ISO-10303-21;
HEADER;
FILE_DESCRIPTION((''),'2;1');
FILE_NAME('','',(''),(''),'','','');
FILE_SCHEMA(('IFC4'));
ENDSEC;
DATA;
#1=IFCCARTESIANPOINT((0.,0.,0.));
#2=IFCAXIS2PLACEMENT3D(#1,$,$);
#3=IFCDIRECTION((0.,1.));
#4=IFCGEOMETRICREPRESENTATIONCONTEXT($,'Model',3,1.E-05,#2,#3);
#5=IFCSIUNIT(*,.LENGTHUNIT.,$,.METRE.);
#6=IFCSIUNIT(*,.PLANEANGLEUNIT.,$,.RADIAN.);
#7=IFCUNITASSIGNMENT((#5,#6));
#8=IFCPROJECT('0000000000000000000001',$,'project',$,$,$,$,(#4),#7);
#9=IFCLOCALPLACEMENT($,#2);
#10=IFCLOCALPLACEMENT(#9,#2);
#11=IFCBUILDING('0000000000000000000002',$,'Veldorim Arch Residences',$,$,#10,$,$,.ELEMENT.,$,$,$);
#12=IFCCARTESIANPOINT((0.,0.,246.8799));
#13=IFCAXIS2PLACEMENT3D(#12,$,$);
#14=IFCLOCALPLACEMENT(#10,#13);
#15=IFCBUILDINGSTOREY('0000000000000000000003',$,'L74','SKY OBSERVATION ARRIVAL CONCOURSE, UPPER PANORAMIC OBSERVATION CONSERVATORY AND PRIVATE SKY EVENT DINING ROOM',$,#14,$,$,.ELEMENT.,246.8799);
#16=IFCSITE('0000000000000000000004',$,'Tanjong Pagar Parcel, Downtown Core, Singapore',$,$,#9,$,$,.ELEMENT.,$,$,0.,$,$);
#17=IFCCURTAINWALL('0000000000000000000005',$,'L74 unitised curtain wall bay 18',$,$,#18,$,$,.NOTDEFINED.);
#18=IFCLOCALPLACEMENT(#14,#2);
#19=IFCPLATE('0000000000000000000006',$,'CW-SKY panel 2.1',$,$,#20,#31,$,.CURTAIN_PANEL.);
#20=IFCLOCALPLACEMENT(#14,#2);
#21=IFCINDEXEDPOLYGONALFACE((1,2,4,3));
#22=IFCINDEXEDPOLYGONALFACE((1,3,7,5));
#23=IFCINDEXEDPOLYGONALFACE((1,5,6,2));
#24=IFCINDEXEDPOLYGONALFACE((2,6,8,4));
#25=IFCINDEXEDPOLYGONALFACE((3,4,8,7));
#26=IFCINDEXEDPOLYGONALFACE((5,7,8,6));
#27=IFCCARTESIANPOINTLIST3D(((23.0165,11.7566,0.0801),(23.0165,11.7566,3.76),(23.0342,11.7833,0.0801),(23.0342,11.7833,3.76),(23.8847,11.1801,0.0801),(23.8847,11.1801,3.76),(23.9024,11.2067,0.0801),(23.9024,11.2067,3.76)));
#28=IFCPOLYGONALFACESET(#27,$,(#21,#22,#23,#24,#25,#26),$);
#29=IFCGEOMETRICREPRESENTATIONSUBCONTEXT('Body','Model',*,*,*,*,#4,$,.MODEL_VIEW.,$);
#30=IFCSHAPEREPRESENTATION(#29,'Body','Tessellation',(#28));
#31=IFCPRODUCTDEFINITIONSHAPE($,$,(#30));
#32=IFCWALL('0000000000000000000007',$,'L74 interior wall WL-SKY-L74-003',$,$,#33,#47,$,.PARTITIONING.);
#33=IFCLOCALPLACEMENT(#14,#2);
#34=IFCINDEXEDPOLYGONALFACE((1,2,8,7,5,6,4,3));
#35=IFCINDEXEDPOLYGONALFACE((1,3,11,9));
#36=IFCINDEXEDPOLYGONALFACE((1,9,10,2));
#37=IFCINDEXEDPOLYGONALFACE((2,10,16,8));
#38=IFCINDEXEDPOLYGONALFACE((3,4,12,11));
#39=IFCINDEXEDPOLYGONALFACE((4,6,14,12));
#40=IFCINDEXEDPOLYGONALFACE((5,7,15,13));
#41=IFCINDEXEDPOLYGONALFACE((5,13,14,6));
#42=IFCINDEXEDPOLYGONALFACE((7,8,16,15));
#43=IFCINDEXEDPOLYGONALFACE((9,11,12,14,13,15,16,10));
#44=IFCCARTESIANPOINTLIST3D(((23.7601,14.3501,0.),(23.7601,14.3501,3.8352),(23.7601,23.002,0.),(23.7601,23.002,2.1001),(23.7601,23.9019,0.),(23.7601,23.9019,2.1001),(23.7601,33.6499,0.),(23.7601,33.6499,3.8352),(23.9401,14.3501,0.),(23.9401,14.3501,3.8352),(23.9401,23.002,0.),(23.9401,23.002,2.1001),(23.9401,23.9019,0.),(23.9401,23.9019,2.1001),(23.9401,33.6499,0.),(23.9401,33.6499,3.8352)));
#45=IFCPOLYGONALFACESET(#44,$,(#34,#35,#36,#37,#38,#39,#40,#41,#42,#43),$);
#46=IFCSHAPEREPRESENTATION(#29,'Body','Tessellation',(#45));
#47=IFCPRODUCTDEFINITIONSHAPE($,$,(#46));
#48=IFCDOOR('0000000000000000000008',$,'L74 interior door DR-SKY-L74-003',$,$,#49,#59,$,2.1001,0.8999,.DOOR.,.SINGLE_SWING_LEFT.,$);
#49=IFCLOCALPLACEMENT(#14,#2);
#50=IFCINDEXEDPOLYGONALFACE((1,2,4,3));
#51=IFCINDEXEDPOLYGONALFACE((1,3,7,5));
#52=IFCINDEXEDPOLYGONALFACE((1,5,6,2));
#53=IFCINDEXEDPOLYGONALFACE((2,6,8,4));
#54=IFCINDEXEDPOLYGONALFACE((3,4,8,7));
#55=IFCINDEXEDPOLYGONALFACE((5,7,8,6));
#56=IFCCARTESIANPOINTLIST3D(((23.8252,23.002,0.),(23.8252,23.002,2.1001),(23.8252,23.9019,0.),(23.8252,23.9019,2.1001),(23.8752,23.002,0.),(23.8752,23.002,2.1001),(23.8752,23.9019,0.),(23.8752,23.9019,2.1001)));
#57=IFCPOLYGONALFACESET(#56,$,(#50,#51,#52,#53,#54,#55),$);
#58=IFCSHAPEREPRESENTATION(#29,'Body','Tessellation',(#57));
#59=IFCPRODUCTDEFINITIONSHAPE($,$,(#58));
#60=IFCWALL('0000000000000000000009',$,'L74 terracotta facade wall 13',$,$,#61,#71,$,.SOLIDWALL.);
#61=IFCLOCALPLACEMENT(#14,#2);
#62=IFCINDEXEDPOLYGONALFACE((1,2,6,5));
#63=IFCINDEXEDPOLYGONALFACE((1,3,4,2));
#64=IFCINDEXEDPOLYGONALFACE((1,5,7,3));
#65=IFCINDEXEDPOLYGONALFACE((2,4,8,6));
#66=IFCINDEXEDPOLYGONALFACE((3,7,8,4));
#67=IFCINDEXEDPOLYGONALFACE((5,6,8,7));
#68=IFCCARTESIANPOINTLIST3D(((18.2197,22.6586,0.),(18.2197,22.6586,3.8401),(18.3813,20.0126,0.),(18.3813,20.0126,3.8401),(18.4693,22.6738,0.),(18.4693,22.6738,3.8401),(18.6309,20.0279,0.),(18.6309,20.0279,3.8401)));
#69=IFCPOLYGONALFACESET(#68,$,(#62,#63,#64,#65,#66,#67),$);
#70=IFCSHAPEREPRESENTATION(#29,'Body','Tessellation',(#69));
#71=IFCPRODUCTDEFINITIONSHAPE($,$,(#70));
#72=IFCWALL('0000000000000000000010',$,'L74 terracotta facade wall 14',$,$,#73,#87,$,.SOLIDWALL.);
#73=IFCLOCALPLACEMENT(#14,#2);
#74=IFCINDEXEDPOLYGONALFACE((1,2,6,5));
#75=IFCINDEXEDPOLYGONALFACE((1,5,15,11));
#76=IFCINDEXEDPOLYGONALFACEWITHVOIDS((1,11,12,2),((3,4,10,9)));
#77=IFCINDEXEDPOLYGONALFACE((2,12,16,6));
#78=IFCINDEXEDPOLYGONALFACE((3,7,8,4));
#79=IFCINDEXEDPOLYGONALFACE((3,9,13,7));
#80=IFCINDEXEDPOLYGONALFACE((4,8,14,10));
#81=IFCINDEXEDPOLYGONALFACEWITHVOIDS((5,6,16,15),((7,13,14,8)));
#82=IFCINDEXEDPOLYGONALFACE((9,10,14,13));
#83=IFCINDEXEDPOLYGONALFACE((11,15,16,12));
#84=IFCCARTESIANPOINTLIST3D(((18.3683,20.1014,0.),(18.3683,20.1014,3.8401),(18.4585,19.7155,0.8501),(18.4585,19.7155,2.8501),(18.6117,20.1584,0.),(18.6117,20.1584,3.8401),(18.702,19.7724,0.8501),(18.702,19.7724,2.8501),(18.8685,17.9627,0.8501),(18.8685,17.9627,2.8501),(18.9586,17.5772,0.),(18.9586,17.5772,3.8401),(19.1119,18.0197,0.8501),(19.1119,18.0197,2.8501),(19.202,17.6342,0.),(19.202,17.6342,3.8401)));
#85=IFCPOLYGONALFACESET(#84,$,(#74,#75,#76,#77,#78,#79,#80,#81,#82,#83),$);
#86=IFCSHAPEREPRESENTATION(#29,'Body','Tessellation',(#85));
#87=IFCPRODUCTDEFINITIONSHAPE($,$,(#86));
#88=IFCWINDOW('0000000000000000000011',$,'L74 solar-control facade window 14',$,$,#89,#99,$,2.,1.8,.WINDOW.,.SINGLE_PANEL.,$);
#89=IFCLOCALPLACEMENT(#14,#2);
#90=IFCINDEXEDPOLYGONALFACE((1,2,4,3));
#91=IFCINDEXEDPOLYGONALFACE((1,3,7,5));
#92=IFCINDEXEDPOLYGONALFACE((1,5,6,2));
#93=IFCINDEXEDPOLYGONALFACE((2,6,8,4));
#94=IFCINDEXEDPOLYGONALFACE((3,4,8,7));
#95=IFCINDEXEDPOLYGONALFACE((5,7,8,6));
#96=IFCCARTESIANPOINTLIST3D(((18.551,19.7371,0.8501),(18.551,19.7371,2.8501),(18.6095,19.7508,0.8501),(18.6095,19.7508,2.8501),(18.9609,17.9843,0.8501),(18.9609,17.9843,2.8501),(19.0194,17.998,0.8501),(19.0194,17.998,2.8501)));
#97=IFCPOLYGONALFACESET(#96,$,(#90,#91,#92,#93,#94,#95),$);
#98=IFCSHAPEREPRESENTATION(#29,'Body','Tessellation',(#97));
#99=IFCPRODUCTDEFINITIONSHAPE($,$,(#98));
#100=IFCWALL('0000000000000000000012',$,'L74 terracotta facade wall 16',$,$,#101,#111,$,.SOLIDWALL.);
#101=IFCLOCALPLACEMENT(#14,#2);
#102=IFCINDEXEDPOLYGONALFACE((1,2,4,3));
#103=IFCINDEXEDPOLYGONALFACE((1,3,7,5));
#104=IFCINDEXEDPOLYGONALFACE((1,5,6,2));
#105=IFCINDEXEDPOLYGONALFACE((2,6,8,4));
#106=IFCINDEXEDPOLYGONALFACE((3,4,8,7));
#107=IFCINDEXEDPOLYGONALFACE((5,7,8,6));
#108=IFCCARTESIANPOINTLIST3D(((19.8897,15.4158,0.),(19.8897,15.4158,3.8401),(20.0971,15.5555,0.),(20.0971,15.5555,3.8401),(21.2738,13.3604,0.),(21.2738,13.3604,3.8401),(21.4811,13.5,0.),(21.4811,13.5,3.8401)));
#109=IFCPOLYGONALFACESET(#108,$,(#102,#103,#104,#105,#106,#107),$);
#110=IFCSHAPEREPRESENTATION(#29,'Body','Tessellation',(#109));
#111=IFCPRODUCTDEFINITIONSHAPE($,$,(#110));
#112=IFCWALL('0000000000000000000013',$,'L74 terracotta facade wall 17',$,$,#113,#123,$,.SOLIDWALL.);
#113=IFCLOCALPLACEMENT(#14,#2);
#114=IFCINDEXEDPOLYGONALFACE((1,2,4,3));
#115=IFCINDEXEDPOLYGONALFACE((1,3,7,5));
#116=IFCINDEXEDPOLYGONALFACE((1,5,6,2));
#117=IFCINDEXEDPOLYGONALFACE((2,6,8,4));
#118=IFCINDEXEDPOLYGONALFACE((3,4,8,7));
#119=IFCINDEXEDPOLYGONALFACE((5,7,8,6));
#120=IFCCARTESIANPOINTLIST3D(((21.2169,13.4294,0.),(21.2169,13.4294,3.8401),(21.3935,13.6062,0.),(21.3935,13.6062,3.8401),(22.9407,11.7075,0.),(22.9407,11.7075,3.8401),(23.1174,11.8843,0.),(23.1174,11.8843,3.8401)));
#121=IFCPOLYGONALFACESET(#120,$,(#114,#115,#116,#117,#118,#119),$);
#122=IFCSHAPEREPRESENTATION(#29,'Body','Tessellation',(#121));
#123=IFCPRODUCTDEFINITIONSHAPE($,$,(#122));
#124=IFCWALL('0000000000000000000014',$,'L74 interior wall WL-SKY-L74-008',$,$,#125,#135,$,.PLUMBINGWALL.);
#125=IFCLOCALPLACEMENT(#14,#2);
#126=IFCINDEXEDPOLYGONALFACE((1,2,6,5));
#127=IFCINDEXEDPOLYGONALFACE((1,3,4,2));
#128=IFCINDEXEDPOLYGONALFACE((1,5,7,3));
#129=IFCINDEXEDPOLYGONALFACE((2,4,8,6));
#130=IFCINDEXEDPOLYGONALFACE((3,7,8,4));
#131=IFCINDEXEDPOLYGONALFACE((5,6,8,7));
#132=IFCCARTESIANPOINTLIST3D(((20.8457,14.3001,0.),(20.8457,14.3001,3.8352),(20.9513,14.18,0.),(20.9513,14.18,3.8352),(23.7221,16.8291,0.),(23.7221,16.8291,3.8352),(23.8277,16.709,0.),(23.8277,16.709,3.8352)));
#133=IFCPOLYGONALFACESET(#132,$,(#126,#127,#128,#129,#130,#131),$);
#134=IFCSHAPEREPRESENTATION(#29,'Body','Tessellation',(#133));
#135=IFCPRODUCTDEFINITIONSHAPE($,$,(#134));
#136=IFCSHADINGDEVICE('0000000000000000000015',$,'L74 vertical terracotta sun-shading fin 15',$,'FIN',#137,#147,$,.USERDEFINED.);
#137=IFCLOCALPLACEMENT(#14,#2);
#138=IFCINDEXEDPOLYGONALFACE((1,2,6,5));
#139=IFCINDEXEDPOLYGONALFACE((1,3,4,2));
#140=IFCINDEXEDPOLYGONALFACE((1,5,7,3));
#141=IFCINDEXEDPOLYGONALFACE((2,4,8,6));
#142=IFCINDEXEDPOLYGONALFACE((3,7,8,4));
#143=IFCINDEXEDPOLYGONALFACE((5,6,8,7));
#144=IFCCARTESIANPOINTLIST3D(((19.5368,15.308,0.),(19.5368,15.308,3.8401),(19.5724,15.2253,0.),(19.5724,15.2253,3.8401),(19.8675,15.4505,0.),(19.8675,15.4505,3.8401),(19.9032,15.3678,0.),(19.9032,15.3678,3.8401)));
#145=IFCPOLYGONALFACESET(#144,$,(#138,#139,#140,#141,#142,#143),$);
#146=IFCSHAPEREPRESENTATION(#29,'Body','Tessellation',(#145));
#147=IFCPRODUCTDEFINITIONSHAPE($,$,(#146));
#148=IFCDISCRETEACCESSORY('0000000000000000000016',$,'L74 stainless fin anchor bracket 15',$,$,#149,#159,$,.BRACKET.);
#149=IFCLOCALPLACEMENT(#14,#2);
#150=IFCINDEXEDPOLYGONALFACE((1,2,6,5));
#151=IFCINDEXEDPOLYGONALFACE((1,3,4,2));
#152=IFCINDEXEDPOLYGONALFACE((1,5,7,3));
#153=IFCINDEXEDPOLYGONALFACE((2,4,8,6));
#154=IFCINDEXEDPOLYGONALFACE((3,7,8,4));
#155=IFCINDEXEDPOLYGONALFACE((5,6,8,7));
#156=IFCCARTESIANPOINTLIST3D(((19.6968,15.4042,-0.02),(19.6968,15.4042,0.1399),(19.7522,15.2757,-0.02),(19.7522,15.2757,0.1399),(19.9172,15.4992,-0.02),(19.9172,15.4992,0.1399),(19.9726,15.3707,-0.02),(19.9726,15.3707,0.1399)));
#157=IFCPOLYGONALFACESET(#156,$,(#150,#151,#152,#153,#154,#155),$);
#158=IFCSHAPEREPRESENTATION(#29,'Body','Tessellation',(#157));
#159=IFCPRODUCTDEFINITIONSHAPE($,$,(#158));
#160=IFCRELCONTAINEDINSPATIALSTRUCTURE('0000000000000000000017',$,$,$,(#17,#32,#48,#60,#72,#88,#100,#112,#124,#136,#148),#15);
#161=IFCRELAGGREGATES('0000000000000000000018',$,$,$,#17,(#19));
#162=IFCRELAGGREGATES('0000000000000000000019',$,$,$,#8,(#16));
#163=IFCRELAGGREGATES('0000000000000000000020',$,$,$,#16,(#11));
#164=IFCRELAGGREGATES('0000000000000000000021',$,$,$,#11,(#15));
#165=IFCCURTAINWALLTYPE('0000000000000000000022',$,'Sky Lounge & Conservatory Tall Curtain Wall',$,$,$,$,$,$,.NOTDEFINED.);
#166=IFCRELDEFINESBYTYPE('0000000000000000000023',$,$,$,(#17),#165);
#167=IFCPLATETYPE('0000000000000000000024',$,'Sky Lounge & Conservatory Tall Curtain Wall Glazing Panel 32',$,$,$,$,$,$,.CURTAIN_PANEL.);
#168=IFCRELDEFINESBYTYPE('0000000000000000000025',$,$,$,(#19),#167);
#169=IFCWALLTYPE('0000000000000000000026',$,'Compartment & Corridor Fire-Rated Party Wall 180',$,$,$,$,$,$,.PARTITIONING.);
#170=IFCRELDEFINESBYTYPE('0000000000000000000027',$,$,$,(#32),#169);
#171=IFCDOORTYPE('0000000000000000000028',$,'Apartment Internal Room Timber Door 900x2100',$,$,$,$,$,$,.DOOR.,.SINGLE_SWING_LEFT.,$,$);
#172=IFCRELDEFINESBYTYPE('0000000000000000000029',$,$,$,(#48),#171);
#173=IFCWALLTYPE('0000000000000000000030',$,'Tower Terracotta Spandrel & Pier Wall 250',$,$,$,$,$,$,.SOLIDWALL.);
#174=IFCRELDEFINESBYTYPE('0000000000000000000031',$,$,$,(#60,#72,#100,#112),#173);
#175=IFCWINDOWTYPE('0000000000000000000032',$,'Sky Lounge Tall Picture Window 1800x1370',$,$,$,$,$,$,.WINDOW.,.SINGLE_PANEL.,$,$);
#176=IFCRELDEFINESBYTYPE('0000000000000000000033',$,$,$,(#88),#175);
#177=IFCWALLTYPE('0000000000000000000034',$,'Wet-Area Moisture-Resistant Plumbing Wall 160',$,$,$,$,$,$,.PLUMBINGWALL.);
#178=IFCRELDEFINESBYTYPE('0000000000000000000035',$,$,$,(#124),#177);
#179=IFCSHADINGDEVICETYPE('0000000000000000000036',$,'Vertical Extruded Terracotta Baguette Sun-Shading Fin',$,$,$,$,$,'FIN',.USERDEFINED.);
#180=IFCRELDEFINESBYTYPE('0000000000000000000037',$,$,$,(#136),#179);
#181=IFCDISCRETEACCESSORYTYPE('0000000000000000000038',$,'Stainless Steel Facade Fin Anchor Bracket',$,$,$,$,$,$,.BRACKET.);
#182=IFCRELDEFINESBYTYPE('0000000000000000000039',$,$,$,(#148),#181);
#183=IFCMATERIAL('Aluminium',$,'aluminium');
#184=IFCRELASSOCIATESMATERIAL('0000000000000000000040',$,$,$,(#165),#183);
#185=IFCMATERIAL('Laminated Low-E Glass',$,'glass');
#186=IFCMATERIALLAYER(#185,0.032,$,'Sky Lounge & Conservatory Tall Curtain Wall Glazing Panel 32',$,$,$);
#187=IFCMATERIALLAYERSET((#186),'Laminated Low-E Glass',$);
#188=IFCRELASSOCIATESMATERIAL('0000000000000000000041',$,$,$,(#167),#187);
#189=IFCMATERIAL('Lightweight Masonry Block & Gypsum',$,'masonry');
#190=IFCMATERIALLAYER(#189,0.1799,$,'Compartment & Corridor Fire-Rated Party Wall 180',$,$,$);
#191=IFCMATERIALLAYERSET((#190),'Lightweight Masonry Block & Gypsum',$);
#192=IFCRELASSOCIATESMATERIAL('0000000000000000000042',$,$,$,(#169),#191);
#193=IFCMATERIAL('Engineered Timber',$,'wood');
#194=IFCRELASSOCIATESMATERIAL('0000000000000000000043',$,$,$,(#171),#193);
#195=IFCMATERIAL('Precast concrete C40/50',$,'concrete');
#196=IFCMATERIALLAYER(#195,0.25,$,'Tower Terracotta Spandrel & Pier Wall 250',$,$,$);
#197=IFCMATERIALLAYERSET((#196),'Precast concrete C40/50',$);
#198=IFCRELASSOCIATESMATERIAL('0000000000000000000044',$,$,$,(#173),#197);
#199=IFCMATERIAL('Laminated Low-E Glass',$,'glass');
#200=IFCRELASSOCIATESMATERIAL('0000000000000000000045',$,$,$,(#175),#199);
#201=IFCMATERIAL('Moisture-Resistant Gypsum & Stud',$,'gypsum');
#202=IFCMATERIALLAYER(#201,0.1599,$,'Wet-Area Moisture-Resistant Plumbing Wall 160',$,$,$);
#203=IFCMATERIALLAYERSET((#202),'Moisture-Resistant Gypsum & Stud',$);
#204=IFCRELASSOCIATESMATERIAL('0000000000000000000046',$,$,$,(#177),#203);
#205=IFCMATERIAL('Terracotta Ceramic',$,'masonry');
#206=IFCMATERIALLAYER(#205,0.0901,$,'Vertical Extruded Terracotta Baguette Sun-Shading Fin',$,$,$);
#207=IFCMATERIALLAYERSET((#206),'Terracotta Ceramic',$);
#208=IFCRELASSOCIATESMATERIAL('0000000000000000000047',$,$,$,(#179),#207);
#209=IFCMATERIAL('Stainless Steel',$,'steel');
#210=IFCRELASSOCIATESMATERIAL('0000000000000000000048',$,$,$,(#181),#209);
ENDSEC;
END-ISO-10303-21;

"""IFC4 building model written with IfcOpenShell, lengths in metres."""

from ifc_helpers import new_model, si_unit, direction, frame, frame_2d, origin, origin_2d, place, context, subcontext, project, spatial, rectangle, extrude, material, layer, layer_set, type_object, element, fill, aggregate, save


model = new_model("IFC4")

# Units and contexts
model_context = context("Model", 3, precision=1e-05, world=origin(), true_north=direction((0.0, 1.0)))
body_context = subcontext(model_context, "Body", "Model", "MODEL_VIEW")
ifc_project = project(units=[si_unit("LENGTHUNIT", "METRE"), si_unit("PLANEANGLEUNIT", "RADIAN")], contexts=[model_context])

# Site, building, storey
site_placement = place(None, origin())
site = spatial("IfcSite", under=ifc_project, at=site_placement, Name="Tanjong Pagar Parcel, Downtown Core, Singapore", CompositionType="ELEMENT", RefElevation=0.0)
building_placement = place(site_placement, origin())
building = spatial("IfcBuilding", under=site, at=building_placement, Name="Veldorim Arch Residences", CompositionType="ELEMENT")
storey_placement = place(building_placement, frame((0.0, 0.0, 246.8799)))
storey = spatial("IfcBuildingStorey", under=building, at=storey_placement, Name="L74", Description="SKY OBSERVATION ARRIVAL CONCOURSE, UPPER PANORAMIC OBSERVATION CONSERVATORY AND PRIVATE SKY EVENT DINING ROOM", CompositionType="ELEMENT", Elevation=246.8799)

# Curtain wall
ifc_material_1 = material(Name="Aluminium", Category="aluminium")
curtain_wall_type = type_object("IfcCurtainWallType", Name="Sky Lounge & Conservatory Tall Curtain Wall", PredefinedType="NOTDEFINED", material=ifc_material_1)
curtain_wall_1_placement = place(storey_placement, origin())
curtain_wall_1 = element("IfcCurtainWall", 1, at=curtain_wall_1_placement, inside=storey, type_object=curtain_wall_type, Name="L74 unitised curtain wall bay 18", PredefinedType="NOTDEFINED")

# Plate
ifc_material_2 = material(Name="Laminated Low-E Glass", Category="glass")
ifc_layer_1 = layer(ifc_material_2, 0.032, Name="Sky Lounge & Conservatory Tall Curtain Wall Glazing Panel 32")
ifc_layer_set_1 = layer_set([ifc_layer_1], Name="Laminated Low-E Glass")
plate_type = type_object("IfcPlateType", Name="Sky Lounge & Conservatory Tall Curtain Wall Glazing Panel 32", PredefinedType="CURTAIN_PANEL", material=ifc_layer_set_1)
plate_1_placement = place(storey_placement, frame((23.4595, 11.4817, 0.0801), z_axis=(0.0, 0.0, 1.0), x_axis=(-0.833055, 0.55319, 0.0)))
plate_1 = element("IfcPlate", 2, at=plate_1_placement, type_object=plate_type, Name="CW-SKY panel 2.1", PredefinedType="CURTAIN_PANEL", context=body_context, shape_type="SweptSolid", body=[
    extrude(rectangle(XDim=1.0422, YDim=0.032, at=origin_2d()), origin(), (0.0, 0.0, 1.0), 3.6799),
])
aggregate(curtain_wall_1, [plate_1])

# Wall, opening, door
ifc_material_3 = material(Name="Lightweight Masonry Block & Gypsum", Category="masonry")
ifc_layer_2 = layer(ifc_material_3, 0.1799, Name="Compartment & Corridor Fire-Rated Party Wall 180")
ifc_layer_set_2 = layer_set([ifc_layer_2], Name="Lightweight Masonry Block & Gypsum")
wall_type_1 = type_object("IfcWallType", Name="Compartment & Corridor Fire-Rated Party Wall 180", PredefinedType="PARTITIONING", material=ifc_layer_set_2)
wall_1_placement = place(storey_placement, frame((23.8501, 14.3501, 0.0), z_axis=(0.0, 0.0, 1.0), x_axis=(0.0, 1.0, 0.0)))
wall_1 = element("IfcWall", 3, at=wall_1_placement, inside=storey, type_object=wall_type_1, Name="L74 interior wall WL-SKY-L74-003", PredefinedType="PARTITIONING", context=body_context, shape_type="SweptSolid", body=[
    extrude(rectangle(XDim=19.2998, YDim=0.1799, at=frame_2d((9.6499, 0.0))), origin(), (0.0, 0.0, 1.0), 3.8352),
])
opening_1_placement = place(wall_1_placement, frame((8.6519, 0.0, 0.0)))
opening_1 = element("IfcOpeningElement", 4, at=opening_1_placement, cuts=wall_1, PredefinedType="OPENING", context=body_context, shape_type="SweptSolid", body=[
    extrude(rectangle(XDim=0.8999, YDim=2.1001, at=frame_2d((0.45, 1.05))), frame((0.0, 0.0999, 0.0), z_axis=(0.0, -1.0, 0.0), x_axis=(1.0, 0.0, 0.0)), (0.0, 0.0, 1.0), 0.2),
])
ifc_material_4 = material(Name="Engineered Timber", Category="wood")
door_type = type_object("IfcDoorType", Name="Apartment Internal Room Timber Door 900x2100", OperationType="SINGLE_SWING_LEFT", PredefinedType="DOOR", material=ifc_material_4)
door_placement = place(opening_1_placement, origin())
door = element("IfcDoor", 5, at=door_placement, inside=storey, type_object=door_type, Name="L74 interior door DR-SKY-L74-003", OperationType="SINGLE_SWING_LEFT", OverallHeight=2.1001, OverallWidth=0.8999, PredefinedType="DOOR", context=body_context, shape_type="SweptSolid", body=[
    extrude(rectangle(XDim=0.8999, YDim=2.1001, at=frame_2d((0.45, 1.05))), frame((0.0, 0.0249, 0.0), z_axis=(0.0, -1.0, 0.0), x_axis=(1.0, 0.0, 0.0)), (0.0, 0.0, 1.0), 0.05),
])
fill(opening_1, door)

# Wall
ifc_material_5 = material(Name="Precast concrete C40/50", Category="concrete")
ifc_layer_3 = layer(ifc_material_5, 0.25, Name="Tower Terracotta Spandrel & Pier Wall 250")
ifc_layer_set_3 = layer_set([ifc_layer_3], Name="Precast concrete C40/50")
wall_type_2 = type_object("IfcWallType", Name="Tower Terracotta Spandrel & Pier Wall 250", PredefinedType="SOLIDWALL", material=ifc_layer_set_3)
wall_2_placement = place(storey_placement, frame((18.5061, 20.0203, 0.0), z_axis=(0.0, 0.0, 1.0), x_axis=(-0.060968, 0.99814, 0.0)))
element("IfcWall", 6, at=wall_2_placement, inside=storey, type_object=wall_type_2, Name="L74 terracotta facade wall 13", PredefinedType="SOLIDWALL", context=body_context, shape_type="SweptSolid", body=[
    extrude(rectangle(XDim=2.6509, YDim=0.25, at=frame_2d((1.3254, 0.0))), origin(), (0.0, 0.0, 1.0), 3.8401),
])

# Wall, opening, window
wall_3_placement = place(storey_placement, frame((19.0803, 17.6057, 0.0), z_axis=(0.0, 0.0, 1.0), x_axis=(-0.227727, 0.973725, 0.0)))
wall_3 = element("IfcWall", 7, at=wall_3_placement, inside=storey, type_object=wall_type_2, Name="L74 terracotta facade wall 14", PredefinedType="SOLIDWALL", context=body_context, shape_type="SweptSolid", body=[
    extrude(rectangle(XDim=2.5923, YDim=0.25, at=frame_2d((1.2961, 0.0))), origin(), (0.0, 0.0, 1.0), 3.8401),
])
opening_2_placement = place(wall_3_placement, frame((0.396, 0.0, 0.8501)))
opening_2 = element("IfcOpeningElement", 8, at=opening_2_placement, cuts=wall_3, PredefinedType="OPENING", context=body_context, shape_type="SweptSolid", body=[
    extrude(rectangle(XDim=1.8, YDim=2.0, at=frame_2d((0.8999, 1.0))), frame((0.0, 0.135, 0.0), z_axis=(0.0, -1.0, 0.0), x_axis=(1.0, 0.0, 0.0)), (0.0, 0.0, 1.0), 0.27),
])
ifc_material_6 = material(Name="Laminated Low-E Glass", Category="glass")
window_type = type_object("IfcWindowType", Name="Sky Lounge Tall Picture Window 1800x1370", PartitioningType="SINGLE_PANEL", PredefinedType="WINDOW", material=ifc_material_6)
window_placement = place(opening_2_placement, origin())
window = element("IfcWindow", 9, at=window_placement, inside=storey, type_object=window_type, Name="L74 solar-control facade window 14", OverallHeight=2.0, OverallWidth=1.8, PartitioningType="SINGLE_PANEL", PredefinedType="WINDOW", context=body_context, shape_type="SweptSolid", body=[
    extrude(rectangle(XDim=1.8, YDim=2.0, at=frame_2d((0.8999, 1.0))), frame((0.0, 0.03, 0.0), z_axis=(0.0, -1.0, 0.0), x_axis=(1.0, 0.0, 0.0)), (0.0, 0.0, 1.0), 0.0601),
])
fill(opening_2, window)

# Walls
wall_4_placement = place(storey_placement, frame((21.3774, 13.4302, 0.0), z_axis=(0.0, 0.0, 1.0), x_axis=(-0.558537, 0.82948, 0.0)))
element("IfcWall", 10, at=wall_4_placement, inside=storey, type_object=wall_type_2, Name="L74 terracotta facade wall 16", PredefinedType="SOLIDWALL", context=body_context, shape_type="SweptSolid", body=[
    extrude(rectangle(XDim=2.478, YDim=0.25, at=frame_2d((1.239, 0.0))), origin(), (0.0, 0.0, 1.0), 3.8401),
])
wall_5_placement = place(storey_placement, frame((23.0291, 11.7959, 0.0), z_axis=(0.0, 0.0, 1.0), x_axis=(-0.707507, 0.706706, 0.0)))
element("IfcWall", 11, at=wall_5_placement, inside=storey, type_object=wall_type_2, Name="L74 terracotta facade wall 17", PredefinedType="SOLIDWALL", context=body_context, shape_type="SweptSolid", body=[
    extrude(rectangle(XDim=2.4365, YDim=0.25, at=frame_2d((1.2183, 0.0))), origin(), (0.0, 0.0, 1.0), 3.8401),
])
ifc_material_7 = material(Name="Moisture-Resistant Gypsum & Stud", Category="gypsum")
ifc_layer_4 = layer(ifc_material_7, 0.1599, Name="Wet-Area Moisture-Resistant Plumbing Wall 160")
ifc_layer_set_4 = layer_set([ifc_layer_4], Name="Moisture-Resistant Gypsum & Stud")
wall_type_3 = type_object("IfcWallType", Name="Wet-Area Moisture-Resistant Plumbing Wall 160", PredefinedType="PLUMBINGWALL", material=ifc_layer_set_4)
wall_6_placement = place(storey_placement, frame((23.7749, 16.769, 0.0), z_axis=(0.0, 0.0, 1.0), x_axis=(-0.751003, -0.660299, 0.0)))
element("IfcWall", 12, at=wall_6_placement, inside=storey, type_object=wall_type_3, Name="L74 interior wall WL-SKY-L74-008", PredefinedType="PLUMBINGWALL", context=body_context, shape_type="SweptSolid", body=[
    extrude(rectangle(XDim=3.8301, YDim=0.1599, at=frame_2d((1.915, 0.0))), origin(), (0.0, 0.0, 1.0), 3.8352),
])

# Shading device
ifc_material_8 = material(Name="Terracotta Ceramic", Category="masonry")
ifc_layer_5 = layer(ifc_material_8, 0.0901, Name="Vertical Extruded Terracotta Baguette Sun-Shading Fin")
ifc_layer_set_5 = layer_set([ifc_layer_5], Name="Terracotta Ceramic")
shading_device_type = type_object("IfcShadingDeviceType", Name="Vertical Extruded Terracotta Baguette Sun-Shading Fin", ElementType="FIN", PredefinedType="USERDEFINED", material=ifc_layer_set_5)
shading_device_placement = place(storey_placement, frame((19.72, 15.3379, 0.0), z_axis=(0.0, 0.0, 1.0), x_axis=(-0.395706, 0.918377, 0.0)))
element("IfcShadingDevice", 13, at=shading_device_placement, inside=storey, type_object=shading_device_type, Name="L74 vertical terracotta sun-shading fin 15", ObjectType="FIN", PredefinedType="USERDEFINED", context=body_context, shape_type="SweptSolid", body=[
    extrude(rectangle(XDim=0.0901, YDim=0.3601, at=origin_2d()), origin(), (0.0, 0.0, 1.0), 3.8401),
])

# Discrete accessory
ifc_material_9 = material(Name="Stainless Steel", Category="steel")
discrete_accessory_type = type_object("IfcDiscreteAccessoryType", Name="Stainless Steel Facade Fin Anchor Bracket", PredefinedType="BRACKET", material=ifc_material_9)
discrete_accessory_placement = place(storey_placement, frame((19.8347, 15.3875, -0.02), z_axis=(0.0, 0.0, 1.0), x_axis=(-0.395706, 0.918377, 0.0)))
element("IfcDiscreteAccessory", 14, at=discrete_accessory_placement, inside=storey, type_object=discrete_accessory_type, Name="L74 stainless fin anchor bracket 15", PredefinedType="BRACKET", context=body_context, shape_type="SweptSolid", body=[
    extrude(rectangle(XDim=0.1399, YDim=0.24, at=origin_2d()), origin(), (0.0, 0.0, 1.0), 0.1599),
])

save(model, "model.ifc")
